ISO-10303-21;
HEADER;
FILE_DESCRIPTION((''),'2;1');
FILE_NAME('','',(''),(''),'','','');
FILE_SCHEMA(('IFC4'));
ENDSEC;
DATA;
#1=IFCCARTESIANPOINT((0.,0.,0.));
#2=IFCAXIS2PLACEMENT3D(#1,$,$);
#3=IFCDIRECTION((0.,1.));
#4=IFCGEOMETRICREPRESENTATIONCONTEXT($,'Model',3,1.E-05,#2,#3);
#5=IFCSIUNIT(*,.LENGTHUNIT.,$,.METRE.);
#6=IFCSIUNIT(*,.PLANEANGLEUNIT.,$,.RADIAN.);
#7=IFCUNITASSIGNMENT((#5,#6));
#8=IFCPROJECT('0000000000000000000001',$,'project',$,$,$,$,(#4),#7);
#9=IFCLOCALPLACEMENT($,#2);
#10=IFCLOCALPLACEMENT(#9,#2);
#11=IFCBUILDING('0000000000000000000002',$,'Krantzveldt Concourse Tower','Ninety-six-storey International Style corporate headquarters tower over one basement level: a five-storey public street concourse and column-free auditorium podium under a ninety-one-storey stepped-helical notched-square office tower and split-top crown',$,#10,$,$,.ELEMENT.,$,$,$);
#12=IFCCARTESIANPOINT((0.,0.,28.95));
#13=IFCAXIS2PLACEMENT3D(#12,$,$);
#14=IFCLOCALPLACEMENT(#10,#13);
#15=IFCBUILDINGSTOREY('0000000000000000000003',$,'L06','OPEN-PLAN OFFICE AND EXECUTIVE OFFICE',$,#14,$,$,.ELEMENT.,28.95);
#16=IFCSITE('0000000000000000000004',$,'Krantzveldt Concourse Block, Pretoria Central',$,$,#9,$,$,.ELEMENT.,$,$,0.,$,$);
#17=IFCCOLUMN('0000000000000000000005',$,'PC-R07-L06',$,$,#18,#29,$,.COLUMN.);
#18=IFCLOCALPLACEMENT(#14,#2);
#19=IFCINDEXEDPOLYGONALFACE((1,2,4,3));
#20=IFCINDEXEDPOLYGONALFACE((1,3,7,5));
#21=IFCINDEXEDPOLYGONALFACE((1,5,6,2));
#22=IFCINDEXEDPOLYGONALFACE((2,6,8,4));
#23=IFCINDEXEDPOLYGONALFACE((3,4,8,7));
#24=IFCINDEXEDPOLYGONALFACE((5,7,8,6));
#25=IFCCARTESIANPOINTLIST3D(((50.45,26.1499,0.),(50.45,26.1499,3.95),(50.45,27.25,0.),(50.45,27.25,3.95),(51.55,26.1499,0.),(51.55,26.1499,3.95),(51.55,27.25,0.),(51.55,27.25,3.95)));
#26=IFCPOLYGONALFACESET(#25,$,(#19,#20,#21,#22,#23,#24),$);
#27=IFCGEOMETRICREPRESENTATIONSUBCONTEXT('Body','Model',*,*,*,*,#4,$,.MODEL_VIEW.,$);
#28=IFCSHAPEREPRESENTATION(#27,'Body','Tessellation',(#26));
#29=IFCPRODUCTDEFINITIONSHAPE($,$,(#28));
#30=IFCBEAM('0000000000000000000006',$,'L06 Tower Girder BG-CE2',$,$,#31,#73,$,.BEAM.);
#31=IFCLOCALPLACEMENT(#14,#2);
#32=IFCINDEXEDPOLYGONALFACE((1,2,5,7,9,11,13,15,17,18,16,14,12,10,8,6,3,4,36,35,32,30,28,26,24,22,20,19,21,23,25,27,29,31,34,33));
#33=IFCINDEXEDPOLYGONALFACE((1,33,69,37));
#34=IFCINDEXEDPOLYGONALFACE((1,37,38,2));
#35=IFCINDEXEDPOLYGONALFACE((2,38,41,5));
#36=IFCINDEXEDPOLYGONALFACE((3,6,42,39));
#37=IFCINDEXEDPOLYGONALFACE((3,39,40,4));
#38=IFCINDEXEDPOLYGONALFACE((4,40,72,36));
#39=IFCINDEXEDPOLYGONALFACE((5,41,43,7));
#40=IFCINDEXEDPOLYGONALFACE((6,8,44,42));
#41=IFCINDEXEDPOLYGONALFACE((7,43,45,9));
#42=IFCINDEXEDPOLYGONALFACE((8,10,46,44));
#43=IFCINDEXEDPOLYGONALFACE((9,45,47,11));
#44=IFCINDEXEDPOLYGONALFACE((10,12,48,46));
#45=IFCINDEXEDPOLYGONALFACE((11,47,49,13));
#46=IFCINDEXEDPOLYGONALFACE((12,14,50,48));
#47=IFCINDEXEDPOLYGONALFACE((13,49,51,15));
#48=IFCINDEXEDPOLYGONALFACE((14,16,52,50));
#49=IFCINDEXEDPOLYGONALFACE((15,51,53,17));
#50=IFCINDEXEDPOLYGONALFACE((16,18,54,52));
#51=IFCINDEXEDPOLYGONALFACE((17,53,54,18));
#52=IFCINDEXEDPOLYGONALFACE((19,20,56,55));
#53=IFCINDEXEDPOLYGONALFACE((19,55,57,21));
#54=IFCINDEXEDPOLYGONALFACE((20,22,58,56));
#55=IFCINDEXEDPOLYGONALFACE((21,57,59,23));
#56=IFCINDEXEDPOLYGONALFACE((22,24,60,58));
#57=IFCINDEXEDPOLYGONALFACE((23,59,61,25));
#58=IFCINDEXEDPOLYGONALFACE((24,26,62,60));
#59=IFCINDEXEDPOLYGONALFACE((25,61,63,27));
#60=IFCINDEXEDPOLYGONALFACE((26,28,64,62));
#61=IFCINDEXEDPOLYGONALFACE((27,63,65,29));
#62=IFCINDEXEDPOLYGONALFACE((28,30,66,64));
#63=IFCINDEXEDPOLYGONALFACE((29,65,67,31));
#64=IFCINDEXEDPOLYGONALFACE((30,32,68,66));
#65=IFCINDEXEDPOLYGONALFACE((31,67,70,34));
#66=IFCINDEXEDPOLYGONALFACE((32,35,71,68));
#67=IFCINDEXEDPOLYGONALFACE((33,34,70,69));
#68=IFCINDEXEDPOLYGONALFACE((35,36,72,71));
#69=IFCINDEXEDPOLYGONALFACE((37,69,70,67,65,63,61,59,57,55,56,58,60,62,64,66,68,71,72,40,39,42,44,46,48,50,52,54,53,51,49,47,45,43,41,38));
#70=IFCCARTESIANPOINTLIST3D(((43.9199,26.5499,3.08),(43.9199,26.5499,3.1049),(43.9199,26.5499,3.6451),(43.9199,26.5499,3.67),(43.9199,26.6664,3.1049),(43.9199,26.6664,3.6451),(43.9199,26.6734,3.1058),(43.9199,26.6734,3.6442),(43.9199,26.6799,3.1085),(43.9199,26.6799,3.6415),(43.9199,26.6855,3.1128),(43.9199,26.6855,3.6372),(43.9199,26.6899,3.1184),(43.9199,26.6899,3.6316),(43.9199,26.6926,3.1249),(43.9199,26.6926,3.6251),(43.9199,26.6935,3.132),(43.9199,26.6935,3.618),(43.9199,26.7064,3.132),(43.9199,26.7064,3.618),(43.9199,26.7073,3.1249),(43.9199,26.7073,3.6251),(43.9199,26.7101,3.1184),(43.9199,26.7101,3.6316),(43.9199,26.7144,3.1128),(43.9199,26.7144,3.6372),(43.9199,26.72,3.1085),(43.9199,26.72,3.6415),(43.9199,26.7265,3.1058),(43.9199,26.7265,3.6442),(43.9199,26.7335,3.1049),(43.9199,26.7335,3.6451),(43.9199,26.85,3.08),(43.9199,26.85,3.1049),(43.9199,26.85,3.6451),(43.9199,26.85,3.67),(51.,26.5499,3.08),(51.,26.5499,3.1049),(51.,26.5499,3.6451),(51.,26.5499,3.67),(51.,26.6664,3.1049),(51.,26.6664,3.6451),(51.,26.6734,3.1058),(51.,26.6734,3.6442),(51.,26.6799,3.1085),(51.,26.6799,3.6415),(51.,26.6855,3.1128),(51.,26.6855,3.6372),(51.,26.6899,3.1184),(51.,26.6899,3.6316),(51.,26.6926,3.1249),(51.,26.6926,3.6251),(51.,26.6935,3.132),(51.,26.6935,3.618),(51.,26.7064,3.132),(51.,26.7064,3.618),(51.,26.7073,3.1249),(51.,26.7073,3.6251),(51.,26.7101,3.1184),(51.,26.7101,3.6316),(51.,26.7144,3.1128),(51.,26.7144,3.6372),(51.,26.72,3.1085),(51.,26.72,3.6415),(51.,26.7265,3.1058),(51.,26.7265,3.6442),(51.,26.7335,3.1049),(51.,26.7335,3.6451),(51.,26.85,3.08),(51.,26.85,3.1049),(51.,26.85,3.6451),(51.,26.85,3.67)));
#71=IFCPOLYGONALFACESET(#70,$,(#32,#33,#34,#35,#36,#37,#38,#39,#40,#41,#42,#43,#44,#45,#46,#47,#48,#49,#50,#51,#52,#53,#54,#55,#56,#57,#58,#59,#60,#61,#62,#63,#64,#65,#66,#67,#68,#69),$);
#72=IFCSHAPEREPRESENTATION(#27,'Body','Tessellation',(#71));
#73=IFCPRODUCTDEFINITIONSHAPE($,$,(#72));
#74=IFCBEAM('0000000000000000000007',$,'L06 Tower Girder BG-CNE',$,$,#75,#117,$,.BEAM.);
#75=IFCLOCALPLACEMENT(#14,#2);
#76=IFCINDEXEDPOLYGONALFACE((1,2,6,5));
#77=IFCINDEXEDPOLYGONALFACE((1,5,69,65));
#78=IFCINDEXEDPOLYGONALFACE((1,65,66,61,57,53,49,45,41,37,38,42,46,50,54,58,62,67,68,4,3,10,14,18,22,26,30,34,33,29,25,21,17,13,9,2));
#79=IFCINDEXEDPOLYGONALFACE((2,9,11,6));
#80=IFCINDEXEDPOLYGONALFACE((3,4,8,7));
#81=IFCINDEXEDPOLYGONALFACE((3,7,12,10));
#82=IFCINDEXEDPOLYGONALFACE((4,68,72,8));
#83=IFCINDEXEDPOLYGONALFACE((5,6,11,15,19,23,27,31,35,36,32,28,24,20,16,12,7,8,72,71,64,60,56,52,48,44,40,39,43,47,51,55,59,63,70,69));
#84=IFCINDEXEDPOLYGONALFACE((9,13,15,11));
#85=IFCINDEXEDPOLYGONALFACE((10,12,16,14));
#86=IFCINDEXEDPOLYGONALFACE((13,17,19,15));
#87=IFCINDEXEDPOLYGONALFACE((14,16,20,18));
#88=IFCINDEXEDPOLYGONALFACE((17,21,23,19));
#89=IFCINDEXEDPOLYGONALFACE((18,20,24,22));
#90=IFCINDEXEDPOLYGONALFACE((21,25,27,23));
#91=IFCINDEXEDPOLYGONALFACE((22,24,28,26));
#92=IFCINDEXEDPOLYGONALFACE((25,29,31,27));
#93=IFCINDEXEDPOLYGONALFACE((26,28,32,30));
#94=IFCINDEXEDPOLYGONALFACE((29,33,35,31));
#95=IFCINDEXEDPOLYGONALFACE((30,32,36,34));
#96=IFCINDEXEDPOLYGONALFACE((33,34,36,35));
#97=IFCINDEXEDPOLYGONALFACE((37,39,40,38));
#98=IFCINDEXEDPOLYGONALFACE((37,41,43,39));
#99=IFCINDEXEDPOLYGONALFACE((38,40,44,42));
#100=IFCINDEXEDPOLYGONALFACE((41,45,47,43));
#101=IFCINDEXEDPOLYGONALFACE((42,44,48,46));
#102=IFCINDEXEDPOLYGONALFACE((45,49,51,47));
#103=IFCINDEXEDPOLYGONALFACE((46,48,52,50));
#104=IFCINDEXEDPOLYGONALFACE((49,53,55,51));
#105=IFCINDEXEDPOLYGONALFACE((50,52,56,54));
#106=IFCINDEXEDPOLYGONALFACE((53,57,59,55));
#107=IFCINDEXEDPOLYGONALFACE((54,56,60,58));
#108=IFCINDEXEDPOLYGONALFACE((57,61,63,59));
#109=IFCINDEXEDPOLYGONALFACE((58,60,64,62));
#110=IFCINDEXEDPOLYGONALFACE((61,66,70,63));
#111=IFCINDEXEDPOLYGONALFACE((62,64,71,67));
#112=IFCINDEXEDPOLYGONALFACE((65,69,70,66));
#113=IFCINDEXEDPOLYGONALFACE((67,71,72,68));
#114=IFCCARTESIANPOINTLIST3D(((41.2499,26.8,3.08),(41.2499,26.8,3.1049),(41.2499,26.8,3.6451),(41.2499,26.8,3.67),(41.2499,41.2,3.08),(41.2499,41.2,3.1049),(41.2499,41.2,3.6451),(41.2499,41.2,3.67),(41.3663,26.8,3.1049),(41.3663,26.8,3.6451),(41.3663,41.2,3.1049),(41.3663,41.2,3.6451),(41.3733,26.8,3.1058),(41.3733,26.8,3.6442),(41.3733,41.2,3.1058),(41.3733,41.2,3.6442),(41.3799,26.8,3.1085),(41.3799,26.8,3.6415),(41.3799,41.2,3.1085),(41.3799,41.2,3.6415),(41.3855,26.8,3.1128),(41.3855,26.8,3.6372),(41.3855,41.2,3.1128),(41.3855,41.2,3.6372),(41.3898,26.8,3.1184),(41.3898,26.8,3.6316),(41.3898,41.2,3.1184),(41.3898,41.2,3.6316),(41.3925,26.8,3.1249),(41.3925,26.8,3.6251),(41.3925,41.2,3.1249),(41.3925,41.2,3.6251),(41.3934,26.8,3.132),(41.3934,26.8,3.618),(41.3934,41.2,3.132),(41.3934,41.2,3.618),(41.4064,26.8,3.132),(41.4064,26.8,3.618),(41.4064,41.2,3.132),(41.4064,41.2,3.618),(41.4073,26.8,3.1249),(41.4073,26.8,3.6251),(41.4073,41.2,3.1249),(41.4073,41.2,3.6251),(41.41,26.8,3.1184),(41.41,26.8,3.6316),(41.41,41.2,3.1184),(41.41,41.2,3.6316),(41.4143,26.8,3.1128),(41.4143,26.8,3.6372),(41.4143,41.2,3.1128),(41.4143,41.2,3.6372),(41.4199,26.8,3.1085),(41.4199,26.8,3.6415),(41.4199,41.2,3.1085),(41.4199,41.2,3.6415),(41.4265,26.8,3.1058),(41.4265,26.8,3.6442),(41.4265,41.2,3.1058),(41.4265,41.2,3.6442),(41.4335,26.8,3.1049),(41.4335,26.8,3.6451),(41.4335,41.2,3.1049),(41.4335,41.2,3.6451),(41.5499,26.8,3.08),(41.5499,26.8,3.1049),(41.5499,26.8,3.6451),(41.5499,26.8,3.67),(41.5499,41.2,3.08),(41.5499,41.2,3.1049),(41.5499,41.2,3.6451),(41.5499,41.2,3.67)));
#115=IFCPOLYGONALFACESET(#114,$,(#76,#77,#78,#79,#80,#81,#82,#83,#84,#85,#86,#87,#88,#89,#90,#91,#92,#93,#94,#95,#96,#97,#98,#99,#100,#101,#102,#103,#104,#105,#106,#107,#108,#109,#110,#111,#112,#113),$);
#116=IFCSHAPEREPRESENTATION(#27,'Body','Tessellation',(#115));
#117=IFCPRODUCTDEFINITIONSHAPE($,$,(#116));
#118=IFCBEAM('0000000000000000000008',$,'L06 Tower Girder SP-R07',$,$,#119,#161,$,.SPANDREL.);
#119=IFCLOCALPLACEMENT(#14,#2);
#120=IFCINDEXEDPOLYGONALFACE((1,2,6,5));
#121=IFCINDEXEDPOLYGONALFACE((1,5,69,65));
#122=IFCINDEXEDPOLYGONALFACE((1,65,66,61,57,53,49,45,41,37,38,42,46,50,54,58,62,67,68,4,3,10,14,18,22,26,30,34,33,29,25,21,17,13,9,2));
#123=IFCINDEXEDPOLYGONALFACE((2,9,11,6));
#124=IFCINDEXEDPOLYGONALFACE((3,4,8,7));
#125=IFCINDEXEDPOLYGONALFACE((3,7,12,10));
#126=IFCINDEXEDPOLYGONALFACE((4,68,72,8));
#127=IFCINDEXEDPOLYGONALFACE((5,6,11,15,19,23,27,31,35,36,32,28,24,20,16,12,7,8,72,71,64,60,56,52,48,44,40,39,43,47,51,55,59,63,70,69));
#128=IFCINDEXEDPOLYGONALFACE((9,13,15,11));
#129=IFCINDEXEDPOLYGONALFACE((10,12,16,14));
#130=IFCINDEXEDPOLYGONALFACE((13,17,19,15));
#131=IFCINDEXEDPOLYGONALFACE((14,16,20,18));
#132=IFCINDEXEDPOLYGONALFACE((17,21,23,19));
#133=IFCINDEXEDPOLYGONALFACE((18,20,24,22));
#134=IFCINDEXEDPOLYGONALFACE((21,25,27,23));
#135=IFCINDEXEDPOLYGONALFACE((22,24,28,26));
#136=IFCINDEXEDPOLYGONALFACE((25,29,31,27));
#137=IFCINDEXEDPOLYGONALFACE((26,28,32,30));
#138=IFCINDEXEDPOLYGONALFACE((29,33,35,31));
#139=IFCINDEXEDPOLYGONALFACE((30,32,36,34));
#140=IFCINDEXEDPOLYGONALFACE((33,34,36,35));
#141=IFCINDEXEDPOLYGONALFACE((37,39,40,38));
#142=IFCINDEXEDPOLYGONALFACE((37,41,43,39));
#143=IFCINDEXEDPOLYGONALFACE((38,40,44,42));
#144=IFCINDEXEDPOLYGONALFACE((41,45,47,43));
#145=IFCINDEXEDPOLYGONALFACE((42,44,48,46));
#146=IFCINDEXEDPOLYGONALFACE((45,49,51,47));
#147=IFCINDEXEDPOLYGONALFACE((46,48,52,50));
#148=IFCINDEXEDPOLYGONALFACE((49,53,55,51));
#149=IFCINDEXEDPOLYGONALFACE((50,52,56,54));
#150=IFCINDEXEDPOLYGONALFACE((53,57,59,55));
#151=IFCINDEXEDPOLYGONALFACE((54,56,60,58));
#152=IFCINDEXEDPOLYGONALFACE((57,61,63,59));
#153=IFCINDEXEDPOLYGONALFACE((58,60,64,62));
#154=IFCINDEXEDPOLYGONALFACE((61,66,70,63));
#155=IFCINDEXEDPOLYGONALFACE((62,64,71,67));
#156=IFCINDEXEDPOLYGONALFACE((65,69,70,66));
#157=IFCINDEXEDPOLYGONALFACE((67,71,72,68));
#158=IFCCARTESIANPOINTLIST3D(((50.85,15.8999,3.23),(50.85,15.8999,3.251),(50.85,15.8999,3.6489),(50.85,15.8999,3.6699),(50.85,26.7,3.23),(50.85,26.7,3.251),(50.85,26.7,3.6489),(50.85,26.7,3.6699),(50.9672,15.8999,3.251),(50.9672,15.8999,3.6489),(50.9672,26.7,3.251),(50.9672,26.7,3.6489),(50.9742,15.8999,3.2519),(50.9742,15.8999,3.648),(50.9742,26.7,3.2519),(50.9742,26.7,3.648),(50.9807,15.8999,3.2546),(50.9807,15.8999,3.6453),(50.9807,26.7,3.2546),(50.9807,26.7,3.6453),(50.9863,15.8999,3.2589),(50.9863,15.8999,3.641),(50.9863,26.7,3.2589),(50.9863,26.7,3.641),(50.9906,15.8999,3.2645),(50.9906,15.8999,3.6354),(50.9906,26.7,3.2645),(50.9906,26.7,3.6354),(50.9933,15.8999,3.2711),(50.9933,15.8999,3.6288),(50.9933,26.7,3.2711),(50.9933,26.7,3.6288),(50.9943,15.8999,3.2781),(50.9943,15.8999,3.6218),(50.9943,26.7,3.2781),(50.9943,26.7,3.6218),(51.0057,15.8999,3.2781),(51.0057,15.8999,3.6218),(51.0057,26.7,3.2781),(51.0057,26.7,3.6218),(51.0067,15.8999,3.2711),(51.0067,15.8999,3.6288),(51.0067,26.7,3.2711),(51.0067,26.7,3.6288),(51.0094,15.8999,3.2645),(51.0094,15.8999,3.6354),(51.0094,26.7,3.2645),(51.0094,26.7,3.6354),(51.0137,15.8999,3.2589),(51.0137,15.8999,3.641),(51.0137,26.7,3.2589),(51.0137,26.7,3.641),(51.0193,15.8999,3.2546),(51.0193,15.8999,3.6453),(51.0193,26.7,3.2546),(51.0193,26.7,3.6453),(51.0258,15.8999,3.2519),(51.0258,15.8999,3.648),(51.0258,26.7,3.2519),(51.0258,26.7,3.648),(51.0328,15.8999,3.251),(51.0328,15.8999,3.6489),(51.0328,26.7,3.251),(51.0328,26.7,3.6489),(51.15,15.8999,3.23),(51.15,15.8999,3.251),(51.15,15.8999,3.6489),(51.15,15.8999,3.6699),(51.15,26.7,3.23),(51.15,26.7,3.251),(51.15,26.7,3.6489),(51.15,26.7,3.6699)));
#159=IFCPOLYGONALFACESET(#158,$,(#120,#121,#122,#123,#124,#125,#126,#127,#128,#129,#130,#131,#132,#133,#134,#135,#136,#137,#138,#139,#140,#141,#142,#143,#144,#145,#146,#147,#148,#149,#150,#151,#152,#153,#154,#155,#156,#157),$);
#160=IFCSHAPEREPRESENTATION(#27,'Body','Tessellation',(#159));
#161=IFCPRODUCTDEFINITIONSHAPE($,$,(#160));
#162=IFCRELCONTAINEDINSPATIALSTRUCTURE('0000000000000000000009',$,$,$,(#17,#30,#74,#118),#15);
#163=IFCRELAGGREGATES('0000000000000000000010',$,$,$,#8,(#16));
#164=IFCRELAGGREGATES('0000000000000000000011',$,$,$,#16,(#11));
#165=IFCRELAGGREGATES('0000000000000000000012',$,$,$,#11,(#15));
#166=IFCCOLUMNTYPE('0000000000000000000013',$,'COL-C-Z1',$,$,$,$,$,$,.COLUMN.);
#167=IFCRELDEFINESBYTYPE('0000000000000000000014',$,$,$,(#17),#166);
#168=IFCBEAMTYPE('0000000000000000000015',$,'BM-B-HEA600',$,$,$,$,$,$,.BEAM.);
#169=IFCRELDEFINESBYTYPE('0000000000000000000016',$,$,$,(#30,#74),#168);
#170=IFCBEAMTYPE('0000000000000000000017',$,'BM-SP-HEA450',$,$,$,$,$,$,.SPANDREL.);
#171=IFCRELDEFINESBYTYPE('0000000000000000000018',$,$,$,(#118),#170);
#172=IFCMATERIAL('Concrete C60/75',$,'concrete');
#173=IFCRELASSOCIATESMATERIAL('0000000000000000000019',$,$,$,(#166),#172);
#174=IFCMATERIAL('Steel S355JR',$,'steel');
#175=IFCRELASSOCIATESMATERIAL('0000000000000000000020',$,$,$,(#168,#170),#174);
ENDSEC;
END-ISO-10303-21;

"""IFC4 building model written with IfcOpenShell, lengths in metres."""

from ifc_helpers import new_model, si_unit, direction, frame, origin, origin_2d, place, context, subcontext, project, spatial, rectangle, i_section, extrude, source, transform, mapped, material, material_profile, profile_set, type_object, type_shapes, element, save


model = new_model("IFC4")

# Units and contexts
model_context = context("Model", 3, precision=1e-05, world=origin(), true_north=direction((0.0, 1.0)))
body_context = subcontext(model_context, "Body", "Model", "MODEL_VIEW")
ifc_project = project(units=[si_unit("LENGTHUNIT", "METRE"), si_unit("PLANEANGLEUNIT", "RADIAN")], contexts=[model_context])

# Site, building, storey
site_placement = place(None, origin())
site = spatial("IfcSite", under=ifc_project, at=site_placement, Name="Krantzveldt Concourse Block, Pretoria Central", CompositionType="ELEMENT", RefElevation=0.0)
building_placement = place(site_placement, origin())
building = spatial("IfcBuilding", under=site, at=building_placement, Name="Krantzveldt Concourse Tower", Description="Ninety-six-storey International Style corporate headquarters tower over one basement level: a five-storey public street concourse and column-free auditorium podium under a ninety-one-storey stepped-helical notched-square office tower and split-top crown", CompositionType="ELEMENT")
storey_placement = place(building_placement, frame((0.0, 0.0, 28.95)))
storey = spatial("IfcBuildingStorey", under=building, at=storey_placement, Name="L06", Description="OPEN-PLAN OFFICE AND EXECUTIVE OFFICE", CompositionType="ELEMENT", Elevation=28.95)

# Column
ifc_material_1 = material(Name="Concrete C60/75", Category="concrete")
ifc_material_profile_1 = material_profile(ifc_material_1, rectangle(XDim=1.1001, YDim=1.1001, at=origin_2d()), Name="Concrete C60/75", Category="concrete")
ifc_profile_set_1 = profile_set([ifc_material_profile_1], Name="Concrete C60/75 - RC 1100x1100")
column_type = type_object("IfcColumnType", Name="COL-C-Z1", PredefinedType="COLUMN", material=ifc_profile_set_1)
shared_shape_1 = source(origin(), body_context, "Body", "SweptSolid", [
    extrude(rectangle(XDim=1.1001, YDim=1.1001, at=origin_2d()), origin(), (0.0, 0.0, 1.0), 3.95),
])
type_shapes(column_type, [shared_shape_1])
column_placement = place(storey_placement, frame((51.0, 26.7, 0.0), z_axis=(0.0, 0.0, 1.0), x_axis=(1.0, 0.0, 0.0)))
element("IfcColumn", 1, at=column_placement, inside=storey, type_object=column_type, Name="PC-R07-L06", PredefinedType="COLUMN", context=body_context, shape_type="MappedRepresentation", body=[
    mapped(shared_shape_1, transform((0.0, 0.0, 0.0), x_axis=(1.0, 0.0, 0.0), y_axis=(0.0, 1.0, 0.0), z_axis=(0.0, 0.0, 1.0), scale=1.0)),
])

# Beams
ifc_material_2 = material(Name="Steel S355JR", Category="steel")
ifc_material_profile_2 = material_profile(ifc_material_2, i_section(OverallWidth=0.3, OverallDepth=0.5901, WebThickness=0.0129, FlangeThickness=0.0249, FilletRadius=0.0271, at=origin_2d()), Name="Steel S355JR", Category="steel")
ifc_profile_set_2 = profile_set([ifc_material_profile_2], Name="Steel S355JR - HEA 600")
beam_type_1 = type_object("IfcBeamType", Name="BM-B-HEA600", PredefinedType="BEAM", material=ifc_profile_set_2)
shared_shape_2 = source(origin(), body_context, "Body", "SweptSolid", [
    extrude(i_section(OverallWidth=0.3, OverallDepth=0.5901, WebThickness=0.0129, FlangeThickness=0.0249, FilletRadius=0.0271, at=origin_2d()), origin(), (0.0, 0.0, 1.0), 7.0801),
])
beam_1_placement = place(storey_placement, frame((43.9199, 26.7, 3.375), z_axis=(1.0, 0.0, 0.0), x_axis=(0.0, 1.0, 0.0)))
element("IfcBeam", 2, at=beam_1_placement, inside=storey, type_object=beam_type_1, Name="L06 Tower Girder BG-CE2", PredefinedType="BEAM", context=body_context, shape_type="MappedRepresentation", body=[
    mapped(shared_shape_2, transform((0.0, 0.0, 0.0), x_axis=(1.0, 0.0, 0.0), y_axis=(0.0, 1.0, 0.0), z_axis=(0.0, 0.0, 1.0), scale=1.0)),
])
shared_shape_3 = source(origin(), body_context, "Body", "SweptSolid", [
    extrude(i_section(OverallWidth=0.3, OverallDepth=0.5901, WebThickness=0.0129, FlangeThickness=0.0249, FilletRadius=0.0271, at=origin_2d()), origin(), (0.0, 0.0, 1.0), 14.3999),
])
type_shapes(beam_type_1, [shared_shape_2, shared_shape_3])
beam_2_placement = place(storey_placement, frame((41.3999, 26.8, 3.375), z_axis=(0.0, 1.0, 0.0), x_axis=(-1.0, 0.0, 0.0)))
element("IfcBeam", 3, at=beam_2_placement, inside=storey, type_object=beam_type_1, Name="L06 Tower Girder BG-CNE", PredefinedType="BEAM", context=body_context, shape_type="MappedRepresentation", body=[
    mapped(shared_shape_3, transform((0.0, 0.0, 0.0), x_axis=(1.0, 0.0, 0.0), y_axis=(0.0, 1.0, 0.0), z_axis=(0.0, 0.0, 1.0), scale=1.0)),
])
ifc_material_profile_3 = material_profile(ifc_material_2, i_section(OverallWidth=0.3, OverallDepth=0.4399, WebThickness=0.0115, FlangeThickness=0.021, FilletRadius=0.0271, at=origin_2d()), Name="Steel S355JR", Category="steel")
ifc_profile_set_3 = profile_set([ifc_material_profile_3], Name="Steel S355JR - HEA 450")
beam_type_2 = type_object("IfcBeamType", Name="BM-SP-HEA450", PredefinedType="SPANDREL", material=ifc_profile_set_3)
shared_shape_4 = source(origin(), body_context, "Body", "SweptSolid", [
    extrude(i_section(OverallWidth=0.3, OverallDepth=0.4399, WebThickness=0.0115, FlangeThickness=0.021, FilletRadius=0.0271, at=origin_2d()), origin(), (0.0, 0.0, 1.0), 10.8),
])
type_shapes(beam_type_2, [shared_shape_4])
beam_3_placement = place(storey_placement, frame((51.0, 26.7, 3.45), z_axis=(0.0, -1.0, 0.0), x_axis=(1.0, 0.0, 0.0)))
element("IfcBeam", 4, at=beam_3_placement, inside=storey, type_object=beam_type_2, Name="L06 Tower Girder SP-R07", PredefinedType="SPANDREL", context=body_context, shape_type="MappedRepresentation", body=[
    mapped(shared_shape_4, transform((0.0, 0.0, 0.0), x_axis=(1.0, 0.0, 0.0), y_axis=(0.0, 1.0, 0.0), z_axis=(0.0, 0.0, 1.0), scale=1.0)),
])

save(model, "model.ifc")
